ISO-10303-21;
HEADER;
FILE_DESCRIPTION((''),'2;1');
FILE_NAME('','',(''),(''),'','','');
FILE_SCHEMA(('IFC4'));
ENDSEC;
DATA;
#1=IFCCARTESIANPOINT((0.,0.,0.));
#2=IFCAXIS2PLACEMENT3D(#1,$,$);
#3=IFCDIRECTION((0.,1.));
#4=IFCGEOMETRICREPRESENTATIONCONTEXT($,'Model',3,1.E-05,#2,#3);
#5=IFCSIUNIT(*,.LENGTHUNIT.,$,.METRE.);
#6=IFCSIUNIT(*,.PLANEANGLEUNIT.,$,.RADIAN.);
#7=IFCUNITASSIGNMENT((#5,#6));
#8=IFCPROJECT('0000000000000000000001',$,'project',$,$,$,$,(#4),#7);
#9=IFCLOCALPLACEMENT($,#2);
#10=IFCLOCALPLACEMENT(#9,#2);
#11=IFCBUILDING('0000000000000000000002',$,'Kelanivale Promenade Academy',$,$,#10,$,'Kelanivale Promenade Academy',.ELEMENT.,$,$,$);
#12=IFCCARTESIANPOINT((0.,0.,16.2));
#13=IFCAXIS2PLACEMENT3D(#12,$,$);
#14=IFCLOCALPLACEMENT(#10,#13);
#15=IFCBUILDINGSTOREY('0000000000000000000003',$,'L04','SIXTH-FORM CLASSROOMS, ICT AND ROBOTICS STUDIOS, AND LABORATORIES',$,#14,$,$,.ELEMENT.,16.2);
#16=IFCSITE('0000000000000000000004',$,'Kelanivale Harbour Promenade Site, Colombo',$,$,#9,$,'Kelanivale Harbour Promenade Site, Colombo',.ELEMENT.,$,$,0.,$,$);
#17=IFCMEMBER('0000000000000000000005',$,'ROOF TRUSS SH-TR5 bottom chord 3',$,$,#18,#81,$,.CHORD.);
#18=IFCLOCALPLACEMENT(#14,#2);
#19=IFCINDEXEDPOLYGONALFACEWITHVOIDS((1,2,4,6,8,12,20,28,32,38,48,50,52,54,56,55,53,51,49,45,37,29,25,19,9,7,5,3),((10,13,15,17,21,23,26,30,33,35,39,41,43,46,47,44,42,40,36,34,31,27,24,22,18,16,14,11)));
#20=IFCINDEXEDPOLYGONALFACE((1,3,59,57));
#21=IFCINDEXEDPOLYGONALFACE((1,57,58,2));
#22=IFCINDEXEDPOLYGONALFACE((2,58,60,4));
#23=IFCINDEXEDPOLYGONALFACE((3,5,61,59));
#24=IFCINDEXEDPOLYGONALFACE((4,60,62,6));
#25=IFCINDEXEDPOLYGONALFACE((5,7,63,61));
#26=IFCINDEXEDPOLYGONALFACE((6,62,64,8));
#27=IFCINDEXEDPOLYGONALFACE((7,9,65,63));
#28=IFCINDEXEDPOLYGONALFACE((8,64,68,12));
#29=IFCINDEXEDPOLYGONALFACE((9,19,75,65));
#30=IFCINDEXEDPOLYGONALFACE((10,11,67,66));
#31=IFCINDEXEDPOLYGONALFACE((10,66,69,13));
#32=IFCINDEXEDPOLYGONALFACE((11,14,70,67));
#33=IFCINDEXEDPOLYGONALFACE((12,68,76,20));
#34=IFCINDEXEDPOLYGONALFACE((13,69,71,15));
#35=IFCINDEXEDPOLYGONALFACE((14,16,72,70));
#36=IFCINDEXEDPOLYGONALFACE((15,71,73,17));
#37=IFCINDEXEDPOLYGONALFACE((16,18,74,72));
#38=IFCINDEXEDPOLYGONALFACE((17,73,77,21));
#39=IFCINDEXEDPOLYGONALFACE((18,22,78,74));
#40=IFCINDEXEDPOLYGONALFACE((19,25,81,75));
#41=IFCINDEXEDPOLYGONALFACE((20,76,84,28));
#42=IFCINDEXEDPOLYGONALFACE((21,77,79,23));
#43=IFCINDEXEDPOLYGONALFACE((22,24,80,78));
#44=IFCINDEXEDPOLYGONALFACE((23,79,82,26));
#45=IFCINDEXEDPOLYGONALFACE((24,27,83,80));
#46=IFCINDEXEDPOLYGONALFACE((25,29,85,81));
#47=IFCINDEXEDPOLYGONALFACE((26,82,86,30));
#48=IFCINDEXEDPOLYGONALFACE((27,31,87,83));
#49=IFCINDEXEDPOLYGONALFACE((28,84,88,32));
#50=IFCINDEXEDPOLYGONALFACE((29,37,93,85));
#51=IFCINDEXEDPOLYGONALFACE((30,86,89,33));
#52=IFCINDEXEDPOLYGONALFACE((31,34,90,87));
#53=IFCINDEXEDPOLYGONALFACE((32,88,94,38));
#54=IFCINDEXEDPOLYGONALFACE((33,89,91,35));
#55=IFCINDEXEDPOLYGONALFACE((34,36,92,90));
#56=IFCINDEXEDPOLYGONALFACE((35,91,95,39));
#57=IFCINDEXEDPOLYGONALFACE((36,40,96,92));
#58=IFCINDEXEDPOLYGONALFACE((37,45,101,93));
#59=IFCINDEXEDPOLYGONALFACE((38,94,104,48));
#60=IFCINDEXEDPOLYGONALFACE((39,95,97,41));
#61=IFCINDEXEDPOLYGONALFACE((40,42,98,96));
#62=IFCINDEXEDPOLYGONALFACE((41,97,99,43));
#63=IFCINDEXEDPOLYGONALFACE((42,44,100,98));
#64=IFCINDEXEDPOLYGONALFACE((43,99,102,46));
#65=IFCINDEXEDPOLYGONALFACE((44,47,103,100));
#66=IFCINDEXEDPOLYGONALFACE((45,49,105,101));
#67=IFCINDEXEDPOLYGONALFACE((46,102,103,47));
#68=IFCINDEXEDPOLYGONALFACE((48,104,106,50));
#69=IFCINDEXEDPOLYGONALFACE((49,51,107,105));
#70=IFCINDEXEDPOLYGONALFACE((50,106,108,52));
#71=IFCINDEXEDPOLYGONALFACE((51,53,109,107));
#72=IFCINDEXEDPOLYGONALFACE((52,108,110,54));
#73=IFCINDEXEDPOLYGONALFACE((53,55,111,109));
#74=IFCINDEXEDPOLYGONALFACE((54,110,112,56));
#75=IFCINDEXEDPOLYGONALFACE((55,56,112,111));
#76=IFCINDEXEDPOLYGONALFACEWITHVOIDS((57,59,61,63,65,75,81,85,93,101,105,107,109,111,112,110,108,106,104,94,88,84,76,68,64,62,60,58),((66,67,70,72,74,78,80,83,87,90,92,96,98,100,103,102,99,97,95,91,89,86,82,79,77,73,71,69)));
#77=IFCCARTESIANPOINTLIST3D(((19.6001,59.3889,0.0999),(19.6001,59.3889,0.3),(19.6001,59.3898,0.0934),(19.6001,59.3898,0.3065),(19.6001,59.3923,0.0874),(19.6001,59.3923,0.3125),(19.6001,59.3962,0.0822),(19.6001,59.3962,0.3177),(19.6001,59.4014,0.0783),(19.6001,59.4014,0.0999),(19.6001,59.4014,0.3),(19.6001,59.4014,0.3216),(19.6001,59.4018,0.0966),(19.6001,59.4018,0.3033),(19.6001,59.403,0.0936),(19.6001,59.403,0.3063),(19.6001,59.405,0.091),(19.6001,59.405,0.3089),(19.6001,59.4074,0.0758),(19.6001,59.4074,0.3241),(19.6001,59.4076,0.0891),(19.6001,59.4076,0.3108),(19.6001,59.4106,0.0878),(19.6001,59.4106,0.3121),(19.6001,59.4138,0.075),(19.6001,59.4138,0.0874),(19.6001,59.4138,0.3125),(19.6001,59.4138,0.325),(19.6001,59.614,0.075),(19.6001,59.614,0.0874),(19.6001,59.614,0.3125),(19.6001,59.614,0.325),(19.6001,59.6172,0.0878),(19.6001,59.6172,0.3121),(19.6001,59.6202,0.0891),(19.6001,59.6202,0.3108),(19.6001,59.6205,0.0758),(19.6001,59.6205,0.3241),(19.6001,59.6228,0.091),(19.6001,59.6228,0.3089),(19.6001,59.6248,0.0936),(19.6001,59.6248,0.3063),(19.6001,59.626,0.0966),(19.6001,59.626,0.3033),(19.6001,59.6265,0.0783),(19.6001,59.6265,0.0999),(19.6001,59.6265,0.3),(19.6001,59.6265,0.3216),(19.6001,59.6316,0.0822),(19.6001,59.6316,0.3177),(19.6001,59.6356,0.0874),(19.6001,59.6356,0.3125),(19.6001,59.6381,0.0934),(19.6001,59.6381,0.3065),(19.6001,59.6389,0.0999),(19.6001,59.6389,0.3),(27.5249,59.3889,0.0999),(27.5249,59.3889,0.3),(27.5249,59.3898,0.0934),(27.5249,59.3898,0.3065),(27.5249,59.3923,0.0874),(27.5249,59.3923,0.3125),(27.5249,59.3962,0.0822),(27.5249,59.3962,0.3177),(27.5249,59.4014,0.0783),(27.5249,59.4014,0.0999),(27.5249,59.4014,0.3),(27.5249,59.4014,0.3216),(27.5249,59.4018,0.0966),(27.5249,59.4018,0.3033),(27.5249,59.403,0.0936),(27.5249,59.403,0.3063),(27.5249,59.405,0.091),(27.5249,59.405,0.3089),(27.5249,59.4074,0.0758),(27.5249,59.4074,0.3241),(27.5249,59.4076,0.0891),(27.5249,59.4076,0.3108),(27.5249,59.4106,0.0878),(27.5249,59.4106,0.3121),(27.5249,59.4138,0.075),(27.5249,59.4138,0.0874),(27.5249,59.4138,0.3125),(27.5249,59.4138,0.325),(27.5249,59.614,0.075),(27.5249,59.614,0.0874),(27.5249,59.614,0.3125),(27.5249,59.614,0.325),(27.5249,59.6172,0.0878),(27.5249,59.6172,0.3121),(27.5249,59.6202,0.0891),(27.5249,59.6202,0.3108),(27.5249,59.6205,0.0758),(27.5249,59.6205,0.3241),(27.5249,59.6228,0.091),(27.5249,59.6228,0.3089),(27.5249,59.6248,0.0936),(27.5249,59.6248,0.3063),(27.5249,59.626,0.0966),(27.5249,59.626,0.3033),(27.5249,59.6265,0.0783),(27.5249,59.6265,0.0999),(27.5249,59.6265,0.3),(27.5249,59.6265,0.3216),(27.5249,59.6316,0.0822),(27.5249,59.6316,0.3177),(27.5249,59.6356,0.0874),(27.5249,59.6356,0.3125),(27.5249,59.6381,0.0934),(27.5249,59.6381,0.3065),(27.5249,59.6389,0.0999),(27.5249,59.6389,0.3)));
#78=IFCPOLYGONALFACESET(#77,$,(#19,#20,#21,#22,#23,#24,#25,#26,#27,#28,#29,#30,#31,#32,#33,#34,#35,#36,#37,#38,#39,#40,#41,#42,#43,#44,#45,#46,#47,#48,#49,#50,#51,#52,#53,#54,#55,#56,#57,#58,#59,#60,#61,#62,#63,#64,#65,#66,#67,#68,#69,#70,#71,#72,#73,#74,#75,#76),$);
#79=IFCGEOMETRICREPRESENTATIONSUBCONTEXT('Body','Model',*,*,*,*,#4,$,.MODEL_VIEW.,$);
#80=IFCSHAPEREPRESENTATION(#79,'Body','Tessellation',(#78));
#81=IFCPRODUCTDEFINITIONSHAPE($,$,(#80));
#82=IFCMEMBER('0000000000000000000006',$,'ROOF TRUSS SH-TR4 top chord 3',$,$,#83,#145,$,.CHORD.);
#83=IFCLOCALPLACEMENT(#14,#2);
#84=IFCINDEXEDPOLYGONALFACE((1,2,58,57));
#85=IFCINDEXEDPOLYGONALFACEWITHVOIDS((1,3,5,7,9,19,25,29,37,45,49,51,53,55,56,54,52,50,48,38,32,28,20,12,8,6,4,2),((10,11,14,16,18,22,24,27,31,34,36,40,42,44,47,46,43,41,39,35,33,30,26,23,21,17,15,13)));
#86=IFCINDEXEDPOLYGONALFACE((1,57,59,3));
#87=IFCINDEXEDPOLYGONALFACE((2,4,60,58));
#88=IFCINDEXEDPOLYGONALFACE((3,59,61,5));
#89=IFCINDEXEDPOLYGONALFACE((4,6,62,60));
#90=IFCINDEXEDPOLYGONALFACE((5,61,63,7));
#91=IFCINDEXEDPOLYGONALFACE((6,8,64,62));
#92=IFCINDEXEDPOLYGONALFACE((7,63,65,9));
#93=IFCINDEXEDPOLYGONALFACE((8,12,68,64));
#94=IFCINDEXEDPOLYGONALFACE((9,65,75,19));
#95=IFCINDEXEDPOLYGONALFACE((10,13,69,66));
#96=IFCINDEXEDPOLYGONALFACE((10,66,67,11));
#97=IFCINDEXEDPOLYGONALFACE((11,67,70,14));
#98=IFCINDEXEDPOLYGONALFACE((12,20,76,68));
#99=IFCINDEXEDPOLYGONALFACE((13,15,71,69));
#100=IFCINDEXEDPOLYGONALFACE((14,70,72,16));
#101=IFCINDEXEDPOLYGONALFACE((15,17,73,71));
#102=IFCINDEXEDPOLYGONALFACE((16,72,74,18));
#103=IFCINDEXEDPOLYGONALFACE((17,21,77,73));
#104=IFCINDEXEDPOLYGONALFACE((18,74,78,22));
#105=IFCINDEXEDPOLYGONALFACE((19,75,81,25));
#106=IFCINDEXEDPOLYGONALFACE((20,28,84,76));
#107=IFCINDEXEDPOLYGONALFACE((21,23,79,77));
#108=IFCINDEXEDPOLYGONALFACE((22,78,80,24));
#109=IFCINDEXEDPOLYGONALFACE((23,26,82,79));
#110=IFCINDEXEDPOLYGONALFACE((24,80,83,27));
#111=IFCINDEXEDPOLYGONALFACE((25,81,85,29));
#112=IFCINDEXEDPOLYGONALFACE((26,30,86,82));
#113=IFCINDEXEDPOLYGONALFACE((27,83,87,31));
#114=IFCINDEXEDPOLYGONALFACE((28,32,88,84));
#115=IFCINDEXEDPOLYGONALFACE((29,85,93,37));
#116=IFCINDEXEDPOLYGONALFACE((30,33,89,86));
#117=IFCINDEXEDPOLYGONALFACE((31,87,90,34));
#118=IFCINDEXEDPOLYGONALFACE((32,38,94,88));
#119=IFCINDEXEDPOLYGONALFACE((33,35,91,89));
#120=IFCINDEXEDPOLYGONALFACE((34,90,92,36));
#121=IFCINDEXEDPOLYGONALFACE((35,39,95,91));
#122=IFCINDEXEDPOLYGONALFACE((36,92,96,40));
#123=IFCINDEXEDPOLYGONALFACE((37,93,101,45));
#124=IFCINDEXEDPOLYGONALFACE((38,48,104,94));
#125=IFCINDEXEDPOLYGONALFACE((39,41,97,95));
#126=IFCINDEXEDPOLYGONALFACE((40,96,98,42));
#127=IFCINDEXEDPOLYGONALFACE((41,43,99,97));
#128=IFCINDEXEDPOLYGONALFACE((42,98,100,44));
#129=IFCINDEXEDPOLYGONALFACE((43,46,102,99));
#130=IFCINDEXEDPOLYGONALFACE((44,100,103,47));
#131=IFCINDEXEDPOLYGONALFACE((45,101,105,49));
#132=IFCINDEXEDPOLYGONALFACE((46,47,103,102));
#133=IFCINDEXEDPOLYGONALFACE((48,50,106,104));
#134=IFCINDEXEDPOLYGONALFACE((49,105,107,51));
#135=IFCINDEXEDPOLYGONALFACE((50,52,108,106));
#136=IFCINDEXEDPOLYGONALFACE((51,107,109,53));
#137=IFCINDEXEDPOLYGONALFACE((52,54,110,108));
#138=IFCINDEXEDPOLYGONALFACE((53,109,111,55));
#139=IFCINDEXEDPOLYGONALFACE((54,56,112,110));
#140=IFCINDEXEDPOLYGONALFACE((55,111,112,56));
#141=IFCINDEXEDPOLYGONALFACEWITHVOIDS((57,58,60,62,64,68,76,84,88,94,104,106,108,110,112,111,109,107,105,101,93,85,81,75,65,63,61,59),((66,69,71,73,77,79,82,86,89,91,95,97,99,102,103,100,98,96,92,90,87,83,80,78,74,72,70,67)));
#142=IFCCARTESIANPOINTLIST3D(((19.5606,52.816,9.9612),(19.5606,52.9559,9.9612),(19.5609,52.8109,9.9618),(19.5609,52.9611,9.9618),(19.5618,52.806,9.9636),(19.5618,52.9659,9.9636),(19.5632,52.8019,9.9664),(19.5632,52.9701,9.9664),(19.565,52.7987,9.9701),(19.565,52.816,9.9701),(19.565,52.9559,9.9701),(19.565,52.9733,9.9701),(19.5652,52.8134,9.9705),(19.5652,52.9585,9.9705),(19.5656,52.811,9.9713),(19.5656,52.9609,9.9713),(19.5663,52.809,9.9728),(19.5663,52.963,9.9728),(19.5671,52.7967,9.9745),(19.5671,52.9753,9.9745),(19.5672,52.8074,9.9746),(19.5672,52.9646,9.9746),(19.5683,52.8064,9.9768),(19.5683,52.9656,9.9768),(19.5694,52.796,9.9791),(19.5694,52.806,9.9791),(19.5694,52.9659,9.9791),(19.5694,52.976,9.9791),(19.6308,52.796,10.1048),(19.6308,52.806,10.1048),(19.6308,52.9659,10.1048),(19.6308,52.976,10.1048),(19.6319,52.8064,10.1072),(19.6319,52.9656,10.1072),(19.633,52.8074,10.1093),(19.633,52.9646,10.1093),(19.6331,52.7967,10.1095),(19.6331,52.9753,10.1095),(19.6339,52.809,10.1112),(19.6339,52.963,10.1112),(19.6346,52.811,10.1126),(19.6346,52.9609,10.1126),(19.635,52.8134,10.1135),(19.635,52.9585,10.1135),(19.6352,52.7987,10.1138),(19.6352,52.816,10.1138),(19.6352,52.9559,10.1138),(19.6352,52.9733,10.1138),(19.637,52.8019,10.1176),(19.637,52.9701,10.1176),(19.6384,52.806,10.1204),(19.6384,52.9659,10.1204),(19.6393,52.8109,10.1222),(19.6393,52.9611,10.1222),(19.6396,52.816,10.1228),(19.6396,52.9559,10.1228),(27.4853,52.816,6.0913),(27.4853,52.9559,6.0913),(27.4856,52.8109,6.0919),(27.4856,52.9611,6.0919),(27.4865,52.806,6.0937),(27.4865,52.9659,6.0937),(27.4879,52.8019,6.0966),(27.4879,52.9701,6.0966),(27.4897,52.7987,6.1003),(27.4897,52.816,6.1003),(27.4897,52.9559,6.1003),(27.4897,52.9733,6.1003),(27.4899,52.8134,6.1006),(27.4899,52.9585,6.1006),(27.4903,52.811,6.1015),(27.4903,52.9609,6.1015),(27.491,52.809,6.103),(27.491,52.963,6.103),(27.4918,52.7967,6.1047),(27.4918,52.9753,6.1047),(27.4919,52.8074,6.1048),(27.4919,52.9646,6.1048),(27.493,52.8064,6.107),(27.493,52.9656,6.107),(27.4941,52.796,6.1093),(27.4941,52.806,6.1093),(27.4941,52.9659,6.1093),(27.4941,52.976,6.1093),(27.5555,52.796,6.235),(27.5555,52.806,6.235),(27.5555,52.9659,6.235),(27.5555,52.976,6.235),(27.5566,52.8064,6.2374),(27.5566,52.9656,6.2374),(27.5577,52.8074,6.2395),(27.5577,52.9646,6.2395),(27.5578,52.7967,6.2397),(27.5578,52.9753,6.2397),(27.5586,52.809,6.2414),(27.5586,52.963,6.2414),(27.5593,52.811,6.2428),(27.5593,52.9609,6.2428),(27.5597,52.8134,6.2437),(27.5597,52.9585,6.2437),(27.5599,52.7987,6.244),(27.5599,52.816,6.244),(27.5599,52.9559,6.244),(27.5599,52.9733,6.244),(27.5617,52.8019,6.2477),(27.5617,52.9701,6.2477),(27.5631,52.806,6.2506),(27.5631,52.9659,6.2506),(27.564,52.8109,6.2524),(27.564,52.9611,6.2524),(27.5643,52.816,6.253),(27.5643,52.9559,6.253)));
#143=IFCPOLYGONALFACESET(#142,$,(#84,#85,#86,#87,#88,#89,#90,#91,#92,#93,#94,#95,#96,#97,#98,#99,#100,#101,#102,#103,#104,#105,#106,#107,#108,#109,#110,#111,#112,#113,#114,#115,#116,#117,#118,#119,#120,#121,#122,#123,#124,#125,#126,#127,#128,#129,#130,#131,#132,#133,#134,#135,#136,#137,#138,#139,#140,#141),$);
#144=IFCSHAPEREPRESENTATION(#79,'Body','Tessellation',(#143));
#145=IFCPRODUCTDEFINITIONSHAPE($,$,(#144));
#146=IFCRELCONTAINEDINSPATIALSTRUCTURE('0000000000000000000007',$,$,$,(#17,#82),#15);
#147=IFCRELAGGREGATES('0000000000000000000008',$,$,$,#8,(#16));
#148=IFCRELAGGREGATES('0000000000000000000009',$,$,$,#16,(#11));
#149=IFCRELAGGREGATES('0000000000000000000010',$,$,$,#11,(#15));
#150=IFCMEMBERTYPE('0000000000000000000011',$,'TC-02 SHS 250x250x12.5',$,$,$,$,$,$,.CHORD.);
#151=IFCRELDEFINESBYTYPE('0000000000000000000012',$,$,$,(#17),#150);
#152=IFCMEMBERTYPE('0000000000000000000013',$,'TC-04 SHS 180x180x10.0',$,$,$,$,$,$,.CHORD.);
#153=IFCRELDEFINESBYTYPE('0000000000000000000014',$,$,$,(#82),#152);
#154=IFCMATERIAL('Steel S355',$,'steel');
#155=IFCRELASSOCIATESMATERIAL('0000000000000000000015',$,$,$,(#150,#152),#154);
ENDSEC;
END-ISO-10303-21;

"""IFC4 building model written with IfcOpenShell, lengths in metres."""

from ifc_helpers import new_model, si_unit, direction, frame, origin, origin_2d, place, context, subcontext, project, spatial, hollow_rectangle, extrude, material, material_profile, profile_set, type_object, element, save


model = new_model("IFC4")

# Units and contexts
model_context = context("Model", 3, precision=1e-05, world=origin(), true_north=direction((0.0, 1.0)))
body_context = subcontext(model_context, "Body", "Model", "MODEL_VIEW")
ifc_project = project(units=[si_unit("LENGTHUNIT", "METRE"), si_unit("PLANEANGLEUNIT", "RADIAN")], contexts=[model_context])

# Site, building, storey
site_placement = place(None, origin())
site = spatial("IfcSite", under=ifc_project, at=site_placement, Name="Kelanivale Harbour Promenade Site, Colombo", LongName="Kelanivale Harbour Promenade Site, Colombo", CompositionType="ELEMENT", RefElevation=0.0)
building_placement = place(site_placement, origin())
building = spatial("IfcBuilding", under=site, at=building_placement, Name="Kelanivale Promenade Academy", LongName="Kelanivale Promenade Academy", CompositionType="ELEMENT")
storey_placement = place(building_placement, frame((0.0, 0.0, 16.2)))
storey = spatial("IfcBuildingStorey", under=building, at=storey_placement, Name="L04", Description="SIXTH-FORM CLASSROOMS, ICT AND ROBOTICS STUDIOS, AND LABORATORIES", CompositionType="ELEMENT", Elevation=16.2)

# Members
ifc_material_1 = material(Name="Steel S355", Category="steel")
ifc_material_profile_1 = material_profile(ifc_material_1, hollow_rectangle(XDim=0.25, YDim=0.25, WallThickness=0.0125, InnerFilletRadius=0.0125, OuterFilletRadius=0.0249, at=origin_2d()), Name="SHS 250x250x12.5")
ifc_profile_set_1 = profile_set([ifc_material_profile_1], Name="Steel S355")
member_type_1 = type_object("IfcMemberType", Name="TC-02 SHS 250x250x12.5", PredefinedType="CHORD", material=ifc_profile_set_1)
member_1_placement = place(storey_placement, frame((19.6001, 59.5139, 0.2), z_axis=(1.0, 0.0, 0.0), x_axis=(0.0, 1.0, 0.0)))
element("IfcMember", 1, at=member_1_placement, inside=storey, type_object=member_type_1, Name="ROOF TRUSS SH-TR5 bottom chord 3", PredefinedType="CHORD", context=body_context, shape_type="SweptSolid", body=[
    extrude(hollow_rectangle(XDim=0.25, YDim=0.25, WallThickness=0.0125, InnerFilletRadius=0.0125, OuterFilletRadius=0.0249, at=origin_2d()), origin(), (0.0, 0.0, 1.0), 7.9248),
])
ifc_material_profile_2 = material_profile(ifc_material_1, hollow_rectangle(XDim=0.1799, YDim=0.1799, WallThickness=0.01, InnerFilletRadius=0.01, OuterFilletRadius=0.02, at=origin_2d()), Name="SHS 180x180x10.0")
ifc_profile_set_2 = profile_set([ifc_material_profile_2], Name="Steel S355")
member_type_2 = type_object("IfcMemberType", Name="TC-04 SHS 180x180x10.0", PredefinedType="CHORD", material=ifc_profile_set_2)
member_2_placement = place(storey_placement, frame((19.6001, 52.886, 10.042), z_axis=(0.898585, 0.0, -0.4388), x_axis=(0.0, 1.0, 0.0)))
element("IfcMember", 2, at=member_2_placement, inside=storey, type_object=member_type_2, Name="ROOF TRUSS SH-TR4 top chord 3", PredefinedType="CHORD", context=body_context, shape_type="SweptSolid", body=[
    extrude(hollow_rectangle(XDim=0.1799, YDim=0.1799, WallThickness=0.01, InnerFilletRadius=0.01, OuterFilletRadius=0.02, at=origin_2d()), origin(), (0.0, 0.0, 1.0), 8.8191),
])

save(model, "model.ifc")
